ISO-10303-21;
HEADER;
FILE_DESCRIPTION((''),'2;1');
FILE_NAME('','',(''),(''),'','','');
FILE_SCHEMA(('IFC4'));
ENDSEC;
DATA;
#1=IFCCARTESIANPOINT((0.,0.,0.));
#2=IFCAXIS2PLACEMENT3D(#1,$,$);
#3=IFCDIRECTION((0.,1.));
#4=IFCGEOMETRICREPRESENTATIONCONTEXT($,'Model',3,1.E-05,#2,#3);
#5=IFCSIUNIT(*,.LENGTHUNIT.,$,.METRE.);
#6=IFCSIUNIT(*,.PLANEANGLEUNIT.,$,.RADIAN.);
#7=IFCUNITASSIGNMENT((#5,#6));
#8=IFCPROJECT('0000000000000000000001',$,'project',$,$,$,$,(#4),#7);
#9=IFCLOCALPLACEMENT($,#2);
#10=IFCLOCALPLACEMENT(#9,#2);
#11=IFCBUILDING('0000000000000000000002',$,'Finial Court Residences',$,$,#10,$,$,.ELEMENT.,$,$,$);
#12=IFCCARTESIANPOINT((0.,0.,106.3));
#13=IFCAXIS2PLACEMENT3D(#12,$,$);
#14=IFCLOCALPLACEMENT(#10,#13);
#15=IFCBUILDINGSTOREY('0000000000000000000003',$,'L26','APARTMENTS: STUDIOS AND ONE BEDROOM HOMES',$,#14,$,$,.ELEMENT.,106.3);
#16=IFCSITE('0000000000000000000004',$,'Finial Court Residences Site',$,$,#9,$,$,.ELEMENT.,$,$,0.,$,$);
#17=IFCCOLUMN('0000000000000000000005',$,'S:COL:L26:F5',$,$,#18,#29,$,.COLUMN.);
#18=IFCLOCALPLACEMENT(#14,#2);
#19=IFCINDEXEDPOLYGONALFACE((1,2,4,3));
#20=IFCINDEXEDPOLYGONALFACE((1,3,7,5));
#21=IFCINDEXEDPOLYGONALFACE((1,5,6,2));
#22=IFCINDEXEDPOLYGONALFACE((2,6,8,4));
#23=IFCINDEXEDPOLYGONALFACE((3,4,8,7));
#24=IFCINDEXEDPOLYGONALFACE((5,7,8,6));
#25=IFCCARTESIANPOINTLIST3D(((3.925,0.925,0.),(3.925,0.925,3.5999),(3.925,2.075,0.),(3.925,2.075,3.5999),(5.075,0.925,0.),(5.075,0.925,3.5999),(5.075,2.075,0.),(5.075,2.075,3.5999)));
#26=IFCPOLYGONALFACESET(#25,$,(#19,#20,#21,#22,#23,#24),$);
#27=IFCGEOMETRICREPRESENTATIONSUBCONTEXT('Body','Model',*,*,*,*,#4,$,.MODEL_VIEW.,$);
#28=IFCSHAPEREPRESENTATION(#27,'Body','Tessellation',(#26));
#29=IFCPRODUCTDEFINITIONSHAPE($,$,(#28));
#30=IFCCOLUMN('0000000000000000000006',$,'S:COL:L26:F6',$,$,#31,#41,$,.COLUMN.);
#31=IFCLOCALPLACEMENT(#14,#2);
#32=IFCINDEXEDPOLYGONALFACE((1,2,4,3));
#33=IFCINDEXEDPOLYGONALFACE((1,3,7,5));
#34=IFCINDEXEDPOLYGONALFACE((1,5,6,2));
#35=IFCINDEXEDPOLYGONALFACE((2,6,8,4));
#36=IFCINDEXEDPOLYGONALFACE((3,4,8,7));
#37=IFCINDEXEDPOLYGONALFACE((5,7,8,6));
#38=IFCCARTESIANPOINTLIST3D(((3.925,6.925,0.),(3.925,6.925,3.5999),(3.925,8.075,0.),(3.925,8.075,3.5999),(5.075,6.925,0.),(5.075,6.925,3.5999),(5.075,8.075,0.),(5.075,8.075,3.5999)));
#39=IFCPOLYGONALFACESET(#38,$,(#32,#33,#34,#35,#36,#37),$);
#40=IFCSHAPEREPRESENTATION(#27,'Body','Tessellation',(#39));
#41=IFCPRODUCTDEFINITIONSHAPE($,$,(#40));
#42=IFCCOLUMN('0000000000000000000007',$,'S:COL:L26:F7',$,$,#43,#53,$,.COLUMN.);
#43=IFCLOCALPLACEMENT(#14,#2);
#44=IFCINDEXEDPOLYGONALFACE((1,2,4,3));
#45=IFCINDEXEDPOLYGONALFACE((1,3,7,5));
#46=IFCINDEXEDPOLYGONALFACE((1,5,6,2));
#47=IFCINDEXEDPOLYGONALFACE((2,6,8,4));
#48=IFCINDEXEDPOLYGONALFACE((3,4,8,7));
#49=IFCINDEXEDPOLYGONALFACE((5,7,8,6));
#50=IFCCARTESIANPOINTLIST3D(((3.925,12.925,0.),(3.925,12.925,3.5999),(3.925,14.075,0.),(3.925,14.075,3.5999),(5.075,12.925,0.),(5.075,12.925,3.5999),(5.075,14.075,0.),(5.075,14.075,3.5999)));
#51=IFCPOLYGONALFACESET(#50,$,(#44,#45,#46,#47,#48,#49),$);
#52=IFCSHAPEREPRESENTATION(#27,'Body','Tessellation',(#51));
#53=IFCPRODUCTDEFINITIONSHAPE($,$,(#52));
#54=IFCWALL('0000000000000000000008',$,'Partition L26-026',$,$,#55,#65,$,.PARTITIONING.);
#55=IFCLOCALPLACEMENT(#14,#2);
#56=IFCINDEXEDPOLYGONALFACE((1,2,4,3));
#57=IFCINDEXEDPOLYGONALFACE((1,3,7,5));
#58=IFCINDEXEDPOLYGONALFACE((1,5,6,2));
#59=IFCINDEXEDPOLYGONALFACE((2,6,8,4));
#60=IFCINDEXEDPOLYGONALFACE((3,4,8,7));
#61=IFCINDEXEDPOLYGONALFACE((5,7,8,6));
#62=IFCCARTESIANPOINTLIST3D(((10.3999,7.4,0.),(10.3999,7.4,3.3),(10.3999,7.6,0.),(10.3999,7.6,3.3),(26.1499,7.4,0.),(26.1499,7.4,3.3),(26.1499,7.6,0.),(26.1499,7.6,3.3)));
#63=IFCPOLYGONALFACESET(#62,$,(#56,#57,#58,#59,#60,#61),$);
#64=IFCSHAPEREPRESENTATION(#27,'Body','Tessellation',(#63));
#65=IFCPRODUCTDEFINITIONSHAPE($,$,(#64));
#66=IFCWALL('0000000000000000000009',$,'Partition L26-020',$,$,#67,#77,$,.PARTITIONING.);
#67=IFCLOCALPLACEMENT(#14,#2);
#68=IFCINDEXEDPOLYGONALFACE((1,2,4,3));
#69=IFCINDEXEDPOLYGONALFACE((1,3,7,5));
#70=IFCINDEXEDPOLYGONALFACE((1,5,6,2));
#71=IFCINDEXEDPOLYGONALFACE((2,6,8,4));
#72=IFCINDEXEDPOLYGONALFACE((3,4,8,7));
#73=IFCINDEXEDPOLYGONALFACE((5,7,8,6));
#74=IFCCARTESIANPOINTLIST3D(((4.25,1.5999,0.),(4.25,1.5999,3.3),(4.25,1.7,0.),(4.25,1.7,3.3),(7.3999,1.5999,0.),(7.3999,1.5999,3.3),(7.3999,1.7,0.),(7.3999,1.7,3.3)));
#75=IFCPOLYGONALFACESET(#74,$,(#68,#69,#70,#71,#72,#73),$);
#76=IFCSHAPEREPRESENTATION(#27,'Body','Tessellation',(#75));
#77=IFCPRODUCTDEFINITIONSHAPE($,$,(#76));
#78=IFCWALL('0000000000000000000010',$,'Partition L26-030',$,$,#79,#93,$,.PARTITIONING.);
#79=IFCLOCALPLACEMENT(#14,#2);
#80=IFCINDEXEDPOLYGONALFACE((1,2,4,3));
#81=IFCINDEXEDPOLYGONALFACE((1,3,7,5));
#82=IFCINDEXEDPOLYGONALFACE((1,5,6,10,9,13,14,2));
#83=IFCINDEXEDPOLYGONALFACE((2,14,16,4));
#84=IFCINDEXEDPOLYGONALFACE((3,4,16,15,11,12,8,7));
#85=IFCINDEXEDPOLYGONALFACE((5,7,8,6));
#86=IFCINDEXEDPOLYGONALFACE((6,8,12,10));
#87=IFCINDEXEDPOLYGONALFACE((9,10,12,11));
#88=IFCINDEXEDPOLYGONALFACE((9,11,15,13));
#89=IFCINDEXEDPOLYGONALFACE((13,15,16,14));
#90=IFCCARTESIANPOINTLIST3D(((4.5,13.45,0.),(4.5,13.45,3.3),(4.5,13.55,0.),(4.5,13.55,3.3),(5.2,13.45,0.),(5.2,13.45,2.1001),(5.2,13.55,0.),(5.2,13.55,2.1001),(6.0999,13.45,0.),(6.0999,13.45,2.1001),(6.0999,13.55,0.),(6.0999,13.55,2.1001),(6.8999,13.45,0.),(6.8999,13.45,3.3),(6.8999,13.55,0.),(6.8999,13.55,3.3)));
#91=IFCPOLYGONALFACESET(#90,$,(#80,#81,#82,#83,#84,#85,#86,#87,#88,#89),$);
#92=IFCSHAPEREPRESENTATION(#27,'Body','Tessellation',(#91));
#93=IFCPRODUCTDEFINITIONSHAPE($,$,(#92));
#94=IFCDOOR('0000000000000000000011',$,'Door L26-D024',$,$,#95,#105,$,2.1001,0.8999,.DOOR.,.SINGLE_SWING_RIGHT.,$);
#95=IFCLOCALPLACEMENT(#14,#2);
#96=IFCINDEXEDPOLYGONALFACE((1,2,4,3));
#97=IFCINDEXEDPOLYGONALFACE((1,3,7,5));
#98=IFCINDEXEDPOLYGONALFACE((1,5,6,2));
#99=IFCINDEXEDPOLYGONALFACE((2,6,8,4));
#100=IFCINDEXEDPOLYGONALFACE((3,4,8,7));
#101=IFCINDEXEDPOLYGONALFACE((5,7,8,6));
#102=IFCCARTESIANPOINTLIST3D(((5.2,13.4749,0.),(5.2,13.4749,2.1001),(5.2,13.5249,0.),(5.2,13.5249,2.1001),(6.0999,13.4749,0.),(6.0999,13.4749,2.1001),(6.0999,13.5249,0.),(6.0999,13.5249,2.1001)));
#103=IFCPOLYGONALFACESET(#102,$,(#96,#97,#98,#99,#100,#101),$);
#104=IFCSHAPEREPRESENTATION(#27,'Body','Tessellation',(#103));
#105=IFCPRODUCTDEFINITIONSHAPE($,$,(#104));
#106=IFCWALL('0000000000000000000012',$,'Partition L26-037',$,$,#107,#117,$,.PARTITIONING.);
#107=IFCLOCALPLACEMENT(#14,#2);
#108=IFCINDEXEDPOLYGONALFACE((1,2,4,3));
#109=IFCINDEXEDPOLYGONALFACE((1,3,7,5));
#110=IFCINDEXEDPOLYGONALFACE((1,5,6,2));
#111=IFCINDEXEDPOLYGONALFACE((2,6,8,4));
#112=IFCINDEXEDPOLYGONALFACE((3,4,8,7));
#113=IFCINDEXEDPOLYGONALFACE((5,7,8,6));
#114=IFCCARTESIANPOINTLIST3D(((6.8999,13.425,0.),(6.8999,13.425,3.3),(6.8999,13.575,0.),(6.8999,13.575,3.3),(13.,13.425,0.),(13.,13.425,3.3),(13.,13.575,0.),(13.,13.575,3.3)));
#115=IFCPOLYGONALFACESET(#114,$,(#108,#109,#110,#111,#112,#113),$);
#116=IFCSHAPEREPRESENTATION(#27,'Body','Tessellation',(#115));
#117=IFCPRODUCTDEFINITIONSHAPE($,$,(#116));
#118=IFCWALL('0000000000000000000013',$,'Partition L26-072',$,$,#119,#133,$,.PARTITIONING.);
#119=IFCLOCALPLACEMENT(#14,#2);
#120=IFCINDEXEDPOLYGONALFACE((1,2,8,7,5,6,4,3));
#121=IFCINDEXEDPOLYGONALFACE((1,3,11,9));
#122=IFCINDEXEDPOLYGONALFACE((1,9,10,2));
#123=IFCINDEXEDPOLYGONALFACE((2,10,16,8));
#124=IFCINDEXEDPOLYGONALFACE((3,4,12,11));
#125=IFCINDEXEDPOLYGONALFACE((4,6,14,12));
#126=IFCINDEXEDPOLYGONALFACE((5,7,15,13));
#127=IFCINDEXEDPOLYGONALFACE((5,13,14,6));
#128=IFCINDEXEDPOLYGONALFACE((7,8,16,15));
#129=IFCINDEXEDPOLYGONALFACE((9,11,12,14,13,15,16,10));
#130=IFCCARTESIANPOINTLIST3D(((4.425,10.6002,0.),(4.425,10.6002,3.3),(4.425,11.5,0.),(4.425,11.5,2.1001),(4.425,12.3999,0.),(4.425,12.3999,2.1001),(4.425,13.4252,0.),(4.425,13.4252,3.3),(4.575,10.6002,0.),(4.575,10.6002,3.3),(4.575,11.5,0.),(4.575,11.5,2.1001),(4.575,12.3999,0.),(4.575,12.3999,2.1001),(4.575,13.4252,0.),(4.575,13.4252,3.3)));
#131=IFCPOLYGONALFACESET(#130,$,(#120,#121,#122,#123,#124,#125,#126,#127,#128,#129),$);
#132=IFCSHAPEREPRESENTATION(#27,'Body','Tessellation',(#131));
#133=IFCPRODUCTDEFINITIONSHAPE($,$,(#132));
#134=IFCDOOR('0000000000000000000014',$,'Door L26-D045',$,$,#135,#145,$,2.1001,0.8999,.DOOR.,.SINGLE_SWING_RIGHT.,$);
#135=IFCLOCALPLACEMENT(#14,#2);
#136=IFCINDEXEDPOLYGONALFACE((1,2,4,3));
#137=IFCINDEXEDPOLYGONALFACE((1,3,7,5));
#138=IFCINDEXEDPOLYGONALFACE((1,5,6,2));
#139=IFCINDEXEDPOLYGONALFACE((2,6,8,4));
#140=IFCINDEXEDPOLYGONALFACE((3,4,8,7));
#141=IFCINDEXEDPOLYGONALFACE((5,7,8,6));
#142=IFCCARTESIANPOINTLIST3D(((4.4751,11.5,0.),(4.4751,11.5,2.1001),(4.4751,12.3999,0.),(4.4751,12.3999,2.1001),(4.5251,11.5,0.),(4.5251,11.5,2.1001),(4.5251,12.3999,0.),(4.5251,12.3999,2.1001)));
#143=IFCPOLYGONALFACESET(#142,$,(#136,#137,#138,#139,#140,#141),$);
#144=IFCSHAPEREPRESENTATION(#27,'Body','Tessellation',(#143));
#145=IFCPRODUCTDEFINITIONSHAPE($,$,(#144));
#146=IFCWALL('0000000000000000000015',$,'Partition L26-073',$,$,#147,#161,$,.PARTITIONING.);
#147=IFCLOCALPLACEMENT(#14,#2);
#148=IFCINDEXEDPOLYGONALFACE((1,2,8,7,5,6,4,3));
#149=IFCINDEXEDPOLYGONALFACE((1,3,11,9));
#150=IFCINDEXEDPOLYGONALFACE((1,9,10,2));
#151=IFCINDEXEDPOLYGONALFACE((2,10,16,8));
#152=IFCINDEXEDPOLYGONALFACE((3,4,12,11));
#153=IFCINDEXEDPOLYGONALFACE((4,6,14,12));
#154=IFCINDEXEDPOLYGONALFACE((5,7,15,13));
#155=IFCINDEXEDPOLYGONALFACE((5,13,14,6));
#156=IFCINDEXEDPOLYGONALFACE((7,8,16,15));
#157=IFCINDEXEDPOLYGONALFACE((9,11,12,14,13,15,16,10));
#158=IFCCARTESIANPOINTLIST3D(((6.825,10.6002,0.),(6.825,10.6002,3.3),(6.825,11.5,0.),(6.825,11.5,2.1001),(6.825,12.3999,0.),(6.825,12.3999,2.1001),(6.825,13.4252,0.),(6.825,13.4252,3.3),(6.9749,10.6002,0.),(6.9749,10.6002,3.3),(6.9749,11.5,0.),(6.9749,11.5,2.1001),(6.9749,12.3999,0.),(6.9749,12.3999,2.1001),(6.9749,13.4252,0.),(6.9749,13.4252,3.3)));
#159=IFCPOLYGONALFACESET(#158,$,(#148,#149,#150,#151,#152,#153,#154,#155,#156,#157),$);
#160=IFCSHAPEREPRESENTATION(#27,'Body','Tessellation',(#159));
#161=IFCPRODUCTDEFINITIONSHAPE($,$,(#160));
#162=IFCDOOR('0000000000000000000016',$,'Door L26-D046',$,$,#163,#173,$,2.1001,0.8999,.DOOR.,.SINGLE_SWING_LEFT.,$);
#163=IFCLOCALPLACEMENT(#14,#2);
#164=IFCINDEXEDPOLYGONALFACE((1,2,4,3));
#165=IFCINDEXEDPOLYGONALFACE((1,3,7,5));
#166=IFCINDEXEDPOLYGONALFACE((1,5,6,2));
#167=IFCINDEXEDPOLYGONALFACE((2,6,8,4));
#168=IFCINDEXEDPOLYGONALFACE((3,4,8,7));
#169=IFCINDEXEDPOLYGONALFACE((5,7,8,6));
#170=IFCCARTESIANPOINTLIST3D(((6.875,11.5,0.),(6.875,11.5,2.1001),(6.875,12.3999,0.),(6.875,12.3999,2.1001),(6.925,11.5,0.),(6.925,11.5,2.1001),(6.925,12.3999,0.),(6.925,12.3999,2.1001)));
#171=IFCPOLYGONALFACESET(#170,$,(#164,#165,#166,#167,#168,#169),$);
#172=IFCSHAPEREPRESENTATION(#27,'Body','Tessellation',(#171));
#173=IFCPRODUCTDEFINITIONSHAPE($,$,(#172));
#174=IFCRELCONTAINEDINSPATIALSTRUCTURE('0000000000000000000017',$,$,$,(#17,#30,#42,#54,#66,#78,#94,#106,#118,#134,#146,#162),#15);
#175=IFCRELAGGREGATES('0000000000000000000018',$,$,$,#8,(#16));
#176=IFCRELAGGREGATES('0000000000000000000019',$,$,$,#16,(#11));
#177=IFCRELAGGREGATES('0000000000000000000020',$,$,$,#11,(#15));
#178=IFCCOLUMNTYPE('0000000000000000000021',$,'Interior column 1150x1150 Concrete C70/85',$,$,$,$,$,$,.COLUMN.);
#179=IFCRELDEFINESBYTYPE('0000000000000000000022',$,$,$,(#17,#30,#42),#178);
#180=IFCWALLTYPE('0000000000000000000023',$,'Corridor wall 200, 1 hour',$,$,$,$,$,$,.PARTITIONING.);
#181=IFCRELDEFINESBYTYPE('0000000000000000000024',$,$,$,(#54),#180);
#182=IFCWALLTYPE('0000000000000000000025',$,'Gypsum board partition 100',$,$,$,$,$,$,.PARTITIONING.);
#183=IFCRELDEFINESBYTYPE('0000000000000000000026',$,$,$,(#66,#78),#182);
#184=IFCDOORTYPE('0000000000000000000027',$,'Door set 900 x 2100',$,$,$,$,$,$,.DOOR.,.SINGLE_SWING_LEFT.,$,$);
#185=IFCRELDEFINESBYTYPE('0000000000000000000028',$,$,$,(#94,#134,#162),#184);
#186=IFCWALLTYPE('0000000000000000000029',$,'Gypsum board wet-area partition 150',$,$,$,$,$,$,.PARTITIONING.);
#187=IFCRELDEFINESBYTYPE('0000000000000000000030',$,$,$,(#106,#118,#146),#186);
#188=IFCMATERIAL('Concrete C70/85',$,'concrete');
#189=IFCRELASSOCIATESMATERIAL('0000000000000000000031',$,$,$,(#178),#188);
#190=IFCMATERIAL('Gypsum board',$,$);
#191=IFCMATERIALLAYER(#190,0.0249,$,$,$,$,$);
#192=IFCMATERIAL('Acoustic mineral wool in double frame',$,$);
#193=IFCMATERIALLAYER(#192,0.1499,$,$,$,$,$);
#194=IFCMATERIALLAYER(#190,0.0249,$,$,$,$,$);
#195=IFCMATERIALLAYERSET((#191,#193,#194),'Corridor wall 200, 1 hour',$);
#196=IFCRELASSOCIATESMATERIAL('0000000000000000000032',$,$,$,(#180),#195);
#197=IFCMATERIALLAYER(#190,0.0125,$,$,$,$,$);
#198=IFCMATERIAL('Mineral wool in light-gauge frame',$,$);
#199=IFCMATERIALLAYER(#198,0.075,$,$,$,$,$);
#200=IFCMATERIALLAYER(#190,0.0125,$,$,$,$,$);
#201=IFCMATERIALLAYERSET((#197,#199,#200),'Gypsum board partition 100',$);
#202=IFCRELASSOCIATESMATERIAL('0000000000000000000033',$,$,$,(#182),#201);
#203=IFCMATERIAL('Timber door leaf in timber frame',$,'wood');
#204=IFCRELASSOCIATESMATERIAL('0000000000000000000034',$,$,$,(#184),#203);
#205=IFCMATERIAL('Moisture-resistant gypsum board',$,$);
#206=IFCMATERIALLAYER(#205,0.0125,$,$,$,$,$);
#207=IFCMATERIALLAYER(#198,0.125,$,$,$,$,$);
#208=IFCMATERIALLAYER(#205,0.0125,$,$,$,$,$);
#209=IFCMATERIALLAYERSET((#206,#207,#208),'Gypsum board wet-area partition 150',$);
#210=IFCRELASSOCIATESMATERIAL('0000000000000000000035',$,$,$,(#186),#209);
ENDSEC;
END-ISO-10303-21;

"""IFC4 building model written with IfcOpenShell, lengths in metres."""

from ifc_helpers import new_model, si_unit, direction, frame, frame_2d, origin, origin_2d, place, context, subcontext, project, spatial, rectangle, extrude, material, layer, layer_set, material_profile, profile_set, type_object, element, fill, save


model = new_model("IFC4")

# Units and contexts
model_context = context("Model", 3, precision=1e-05, world=origin(), true_north=direction((0.0, 1.0)))
body_context = subcontext(model_context, "Body", "Model", "MODEL_VIEW")
ifc_project = project(units=[si_unit("LENGTHUNIT", "METRE"), si_unit("PLANEANGLEUNIT", "RADIAN")], contexts=[model_context])

# Site, building, storey
site_placement = place(None, origin())
site = spatial("IfcSite", under=ifc_project, at=site_placement, Name="Finial Court Residences Site", CompositionType="ELEMENT", RefElevation=0.0)
building_placement = place(site_placement, origin())
building = spatial("IfcBuilding", under=site, at=building_placement, Name="Finial Court Residences", CompositionType="ELEMENT")
storey_placement = place(building_placement, frame((0.0, 0.0, 106.3)))
storey = spatial("IfcBuildingStorey", under=building, at=storey_placement, Name="L26", Description="APARTMENTS: STUDIOS AND ONE BEDROOM HOMES", CompositionType="ELEMENT", Elevation=106.3)

# Columns
ifc_material_1 = material(Name="Concrete C70/85", Category="concrete")
ifc_material_profile = material_profile(ifc_material_1, rectangle(XDim=1.1499, YDim=1.1499, at=origin_2d()), Name="1150x1150")
ifc_profile_set = profile_set([ifc_material_profile], Name="Concrete C70/85")
column_type = type_object("IfcColumnType", Name="Interior column 1150x1150 Concrete C70/85", PredefinedType="COLUMN", material=ifc_profile_set)
for number, where, z_axis, x_axis, name in (
    (1, (4.5, 1.5, 0.0), (0.0, 0.0, 1.0), (1.0, 0.0, 0.0), "S:COL:L26:F5"),
    (2, (4.5, 7.5, 0.0), (0.0, 0.0, 1.0), (1.0, 0.0, 0.0), "S:COL:L26:F6"),
    (3, (4.5, 13.5, 0.0), (0.0, 0.0, 1.0), (1.0, 0.0, 0.0), "S:COL:L26:F7"),
):
    element("IfcColumn", number, at=place(storey_placement, frame(where, z_axis=z_axis, x_axis=x_axis)), inside=storey, type_object=column_type, Name=name, PredefinedType="COLUMN", context=body_context, shape_type="SweptSolid", body=[
        extrude(rectangle(XDim=1.1499, YDim=1.1499, at=origin_2d()), origin(), (0.0, 0.0, 1.0), 3.5999),
    ])

# Walls
ifc_material_2 = material(Name="Gypsum board")
ifc_layer_1 = layer(ifc_material_2, 0.0249)
ifc_material_3 = material(Name="Acoustic mineral wool in double frame")
ifc_layer_2 = layer(ifc_material_3, 0.1499)
ifc_layer_3 = layer(ifc_material_2, 0.0249)
ifc_layer_set_1 = layer_set([ifc_layer_1, ifc_layer_2, ifc_layer_3], Name="Corridor wall 200, 1 hour")
wall_type_1 = type_object("IfcWallType", Name="Corridor wall 200, 1 hour", PredefinedType="PARTITIONING", material=ifc_layer_set_1)
wall_1_placement = place(storey_placement, frame((10.3999, 7.5, 0.0), z_axis=(0.0, 0.0, 1.0), x_axis=(1.0, 0.0, 0.0)))
element("IfcWall", 4, at=wall_1_placement, inside=storey, type_object=wall_type_1, Name="Partition L26-026", PredefinedType="PARTITIONING", context=body_context, shape_type="SweptSolid", body=[
    extrude(rectangle(XDim=15.75, YDim=0.2, at=frame_2d((7.875, 0.0))), origin(), (0.0, 0.0, 1.0), 3.3),
])
ifc_layer_4 = layer(ifc_material_2, 0.0125)
ifc_material_4 = material(Name="Mineral wool in light-gauge frame")
ifc_layer_5 = layer(ifc_material_4, 0.075)
ifc_layer_6 = layer(ifc_material_2, 0.0125)
ifc_layer_set_2 = layer_set([ifc_layer_4, ifc_layer_5, ifc_layer_6], Name="Gypsum board partition 100")
wall_type_2 = type_object("IfcWallType", Name="Gypsum board partition 100", PredefinedType="PARTITIONING", material=ifc_layer_set_2)
wall_2_placement = place(storey_placement, frame((4.25, 1.6499, 0.0), z_axis=(0.0, 0.0, 1.0), x_axis=(1.0, 0.0, 0.0)))
element("IfcWall", 5, at=wall_2_placement, inside=storey, type_object=wall_type_2, Name="Partition L26-020", PredefinedType="PARTITIONING", context=body_context, shape_type="SweptSolid", body=[
    extrude(rectangle(XDim=3.1499, YDim=0.1001, at=frame_2d((1.575, 0.0))), origin(), (0.0, 0.0, 1.0), 3.3),
])

# Wall, opening, door
wall_3_placement = place(storey_placement, frame((4.5, 13.5, 0.0), z_axis=(0.0, 0.0, 1.0), x_axis=(1.0, 0.0, 0.0)))
wall_3 = element("IfcWall", 6, at=wall_3_placement, inside=storey, type_object=wall_type_2, Name="Partition L26-030", PredefinedType="PARTITIONING", context=body_context, shape_type="SweptSolid", body=[
    extrude(rectangle(XDim=2.3999, YDim=0.1001, at=frame_2d((1.2, 0.0))), origin(), (0.0, 0.0, 1.0), 3.3),
])
opening_1_placement = place(wall_3_placement, frame((0.7, 0.0, 0.0)))
opening_1 = element("IfcOpeningElement", 7, at=opening_1_placement, cuts=wall_3, PredefinedType="OPENING", context=body_context, shape_type="SweptSolid", body=[
    extrude(rectangle(XDim=0.8999, YDim=2.1001, at=frame_2d((0.45, 1.05))), frame((0.0, 0.0601, 0.0), z_axis=(0.0, -1.0, 0.0), x_axis=(1.0, 0.0, 0.0)), (0.0, 0.0, 1.0), 0.1201),
])
ifc_material_5 = material(Name="Timber door leaf in timber frame", Category="wood")
door_type = type_object("IfcDoorType", Name="Door set 900 x 2100", OperationType="SINGLE_SWING_LEFT", PredefinedType="DOOR", material=ifc_material_5)
door_1_placement = place(opening_1_placement, origin())
door_1 = element("IfcDoor", 8, at=door_1_placement, inside=storey, type_object=door_type, Name="Door L26-D024", OperationType="SINGLE_SWING_RIGHT", OverallHeight=2.1001, OverallWidth=0.8999, PredefinedType="DOOR", context=body_context, shape_type="SweptSolid", body=[
    extrude(rectangle(XDim=0.8999, YDim=2.1001, at=frame_2d((0.45, 1.05))), frame((0.0, 0.0249, 0.0), z_axis=(0.0, -1.0, 0.0), x_axis=(1.0, 0.0, 0.0)), (0.0, 0.0, 1.0), 0.05),
])
fill(opening_1, door_1)

# Wall
ifc_material_6 = material(Name="Moisture-resistant gypsum board")
ifc_layer_7 = layer(ifc_material_6, 0.0125)
ifc_layer_8 = layer(ifc_material_4, 0.125)
ifc_layer_9 = layer(ifc_material_6, 0.0125)
ifc_layer_set_3 = layer_set([ifc_layer_7, ifc_layer_8, ifc_layer_9], Name="Gypsum board wet-area partition 150")
wall_type_3 = type_object("IfcWallType", Name="Gypsum board wet-area partition 150", PredefinedType="PARTITIONING", material=ifc_layer_set_3)
wall_4_placement = place(storey_placement, frame((6.8999, 13.5, 0.0), z_axis=(0.0, 0.0, 1.0), x_axis=(1.0, 0.0, 0.0)))
element("IfcWall", 9, at=wall_4_placement, inside=storey, type_object=wall_type_3, Name="Partition L26-037", PredefinedType="PARTITIONING", context=body_context, shape_type="SweptSolid", body=[
    extrude(rectangle(XDim=6.1001, YDim=0.1499, at=frame_2d((3.05, 0.0))), origin(), (0.0, 0.0, 1.0), 3.3),
])

# Walls, openings, doors
wall_5_placement = place(storey_placement, frame((4.5, 10.6001, 0.0), z_axis=(0.0, 0.0, 1.0), x_axis=(0.0, 1.0, 0.0)))
wall_5 = element("IfcWall", 10, at=wall_5_placement, inside=storey, type_object=wall_type_3, Name="Partition L26-072", PredefinedType="PARTITIONING", context=body_context, shape_type="SweptSolid", body=[
    extrude(rectangle(XDim=2.825, YDim=0.1499, at=frame_2d((1.4126, 0.0))), origin(), (0.0, 0.0, 1.0), 3.3),
])
opening_2_placement = place(wall_5_placement, frame((0.8999, 0.0, 0.0)))
opening_2 = element("IfcOpeningElement", 11, at=opening_2_placement, cuts=wall_5, PredefinedType="OPENING", context=body_context, shape_type="SweptSolid", body=[
    extrude(rectangle(XDim=0.8999, YDim=2.1001, at=frame_2d((0.45, 1.05))), frame((0.0, 0.085, 0.0), z_axis=(0.0, -1.0, 0.0), x_axis=(1.0, 0.0, 0.0)), (0.0, 0.0, 1.0), 0.1699),
])
door_2_placement = place(opening_2_placement, origin())
door_2 = element("IfcDoor", 12, at=door_2_placement, inside=storey, type_object=door_type, Name="Door L26-D045", OperationType="SINGLE_SWING_RIGHT", OverallHeight=2.1001, OverallWidth=0.8999, PredefinedType="DOOR", context=body_context, shape_type="SweptSolid", body=[
    extrude(rectangle(XDim=0.8999, YDim=2.1001, at=frame_2d((0.45, 1.05))), frame((0.0, 0.0249, 0.0), z_axis=(0.0, -1.0, 0.0), x_axis=(1.0, 0.0, 0.0)), (0.0, 0.0, 1.0), 0.05),
])
fill(opening_2, door_2)
wall_6_placement = place(storey_placement, frame((6.8999, 10.6001, 0.0), z_axis=(0.0, 0.0, 1.0), x_axis=(0.0, 1.0, 0.0)))
wall_6 = element("IfcWall", 13, at=wall_6_placement, inside=storey, type_object=wall_type_3, Name="Partition L26-073", PredefinedType="PARTITIONING", context=body_context, shape_type="SweptSolid", body=[
    extrude(rectangle(XDim=2.825, YDim=0.1499, at=frame_2d((1.4126, 0.0))), origin(), (0.0, 0.0, 1.0), 3.3),
])
opening_3_placement = place(wall_6_placement, frame((0.8999, 0.0, 0.0)))
opening_3 = element("IfcOpeningElement", 14, at=opening_3_placement, cuts=wall_6, PredefinedType="OPENING", context=body_context, shape_type="SweptSolid", body=[
    extrude(rectangle(XDim=0.8999, YDim=2.1001, at=frame_2d((0.45, 1.05))), frame((0.0, 0.085, 0.0), z_axis=(0.0, -1.0, 0.0), x_axis=(1.0, 0.0, 0.0)), (0.0, 0.0, 1.0), 0.1699),
])
door_3_placement = place(opening_3_placement, origin())
door_3 = element("IfcDoor", 15, at=door_3_placement, inside=storey, type_object=door_type, Name="Door L26-D046", OperationType="SINGLE_SWING_LEFT", OverallHeight=2.1001, OverallWidth=0.8999, PredefinedType="DOOR", context=body_context, shape_type="SweptSolid", body=[
    extrude(rectangle(XDim=0.8999, YDim=2.1001, at=frame_2d((0.45, 1.05))), frame((0.0, 0.0249, 0.0), z_axis=(0.0, -1.0, 0.0), x_axis=(1.0, 0.0, 0.0)), (0.0, 0.0, 1.0), 0.05),
])
fill(opening_3, door_3)

save(model, "model.ifc")
